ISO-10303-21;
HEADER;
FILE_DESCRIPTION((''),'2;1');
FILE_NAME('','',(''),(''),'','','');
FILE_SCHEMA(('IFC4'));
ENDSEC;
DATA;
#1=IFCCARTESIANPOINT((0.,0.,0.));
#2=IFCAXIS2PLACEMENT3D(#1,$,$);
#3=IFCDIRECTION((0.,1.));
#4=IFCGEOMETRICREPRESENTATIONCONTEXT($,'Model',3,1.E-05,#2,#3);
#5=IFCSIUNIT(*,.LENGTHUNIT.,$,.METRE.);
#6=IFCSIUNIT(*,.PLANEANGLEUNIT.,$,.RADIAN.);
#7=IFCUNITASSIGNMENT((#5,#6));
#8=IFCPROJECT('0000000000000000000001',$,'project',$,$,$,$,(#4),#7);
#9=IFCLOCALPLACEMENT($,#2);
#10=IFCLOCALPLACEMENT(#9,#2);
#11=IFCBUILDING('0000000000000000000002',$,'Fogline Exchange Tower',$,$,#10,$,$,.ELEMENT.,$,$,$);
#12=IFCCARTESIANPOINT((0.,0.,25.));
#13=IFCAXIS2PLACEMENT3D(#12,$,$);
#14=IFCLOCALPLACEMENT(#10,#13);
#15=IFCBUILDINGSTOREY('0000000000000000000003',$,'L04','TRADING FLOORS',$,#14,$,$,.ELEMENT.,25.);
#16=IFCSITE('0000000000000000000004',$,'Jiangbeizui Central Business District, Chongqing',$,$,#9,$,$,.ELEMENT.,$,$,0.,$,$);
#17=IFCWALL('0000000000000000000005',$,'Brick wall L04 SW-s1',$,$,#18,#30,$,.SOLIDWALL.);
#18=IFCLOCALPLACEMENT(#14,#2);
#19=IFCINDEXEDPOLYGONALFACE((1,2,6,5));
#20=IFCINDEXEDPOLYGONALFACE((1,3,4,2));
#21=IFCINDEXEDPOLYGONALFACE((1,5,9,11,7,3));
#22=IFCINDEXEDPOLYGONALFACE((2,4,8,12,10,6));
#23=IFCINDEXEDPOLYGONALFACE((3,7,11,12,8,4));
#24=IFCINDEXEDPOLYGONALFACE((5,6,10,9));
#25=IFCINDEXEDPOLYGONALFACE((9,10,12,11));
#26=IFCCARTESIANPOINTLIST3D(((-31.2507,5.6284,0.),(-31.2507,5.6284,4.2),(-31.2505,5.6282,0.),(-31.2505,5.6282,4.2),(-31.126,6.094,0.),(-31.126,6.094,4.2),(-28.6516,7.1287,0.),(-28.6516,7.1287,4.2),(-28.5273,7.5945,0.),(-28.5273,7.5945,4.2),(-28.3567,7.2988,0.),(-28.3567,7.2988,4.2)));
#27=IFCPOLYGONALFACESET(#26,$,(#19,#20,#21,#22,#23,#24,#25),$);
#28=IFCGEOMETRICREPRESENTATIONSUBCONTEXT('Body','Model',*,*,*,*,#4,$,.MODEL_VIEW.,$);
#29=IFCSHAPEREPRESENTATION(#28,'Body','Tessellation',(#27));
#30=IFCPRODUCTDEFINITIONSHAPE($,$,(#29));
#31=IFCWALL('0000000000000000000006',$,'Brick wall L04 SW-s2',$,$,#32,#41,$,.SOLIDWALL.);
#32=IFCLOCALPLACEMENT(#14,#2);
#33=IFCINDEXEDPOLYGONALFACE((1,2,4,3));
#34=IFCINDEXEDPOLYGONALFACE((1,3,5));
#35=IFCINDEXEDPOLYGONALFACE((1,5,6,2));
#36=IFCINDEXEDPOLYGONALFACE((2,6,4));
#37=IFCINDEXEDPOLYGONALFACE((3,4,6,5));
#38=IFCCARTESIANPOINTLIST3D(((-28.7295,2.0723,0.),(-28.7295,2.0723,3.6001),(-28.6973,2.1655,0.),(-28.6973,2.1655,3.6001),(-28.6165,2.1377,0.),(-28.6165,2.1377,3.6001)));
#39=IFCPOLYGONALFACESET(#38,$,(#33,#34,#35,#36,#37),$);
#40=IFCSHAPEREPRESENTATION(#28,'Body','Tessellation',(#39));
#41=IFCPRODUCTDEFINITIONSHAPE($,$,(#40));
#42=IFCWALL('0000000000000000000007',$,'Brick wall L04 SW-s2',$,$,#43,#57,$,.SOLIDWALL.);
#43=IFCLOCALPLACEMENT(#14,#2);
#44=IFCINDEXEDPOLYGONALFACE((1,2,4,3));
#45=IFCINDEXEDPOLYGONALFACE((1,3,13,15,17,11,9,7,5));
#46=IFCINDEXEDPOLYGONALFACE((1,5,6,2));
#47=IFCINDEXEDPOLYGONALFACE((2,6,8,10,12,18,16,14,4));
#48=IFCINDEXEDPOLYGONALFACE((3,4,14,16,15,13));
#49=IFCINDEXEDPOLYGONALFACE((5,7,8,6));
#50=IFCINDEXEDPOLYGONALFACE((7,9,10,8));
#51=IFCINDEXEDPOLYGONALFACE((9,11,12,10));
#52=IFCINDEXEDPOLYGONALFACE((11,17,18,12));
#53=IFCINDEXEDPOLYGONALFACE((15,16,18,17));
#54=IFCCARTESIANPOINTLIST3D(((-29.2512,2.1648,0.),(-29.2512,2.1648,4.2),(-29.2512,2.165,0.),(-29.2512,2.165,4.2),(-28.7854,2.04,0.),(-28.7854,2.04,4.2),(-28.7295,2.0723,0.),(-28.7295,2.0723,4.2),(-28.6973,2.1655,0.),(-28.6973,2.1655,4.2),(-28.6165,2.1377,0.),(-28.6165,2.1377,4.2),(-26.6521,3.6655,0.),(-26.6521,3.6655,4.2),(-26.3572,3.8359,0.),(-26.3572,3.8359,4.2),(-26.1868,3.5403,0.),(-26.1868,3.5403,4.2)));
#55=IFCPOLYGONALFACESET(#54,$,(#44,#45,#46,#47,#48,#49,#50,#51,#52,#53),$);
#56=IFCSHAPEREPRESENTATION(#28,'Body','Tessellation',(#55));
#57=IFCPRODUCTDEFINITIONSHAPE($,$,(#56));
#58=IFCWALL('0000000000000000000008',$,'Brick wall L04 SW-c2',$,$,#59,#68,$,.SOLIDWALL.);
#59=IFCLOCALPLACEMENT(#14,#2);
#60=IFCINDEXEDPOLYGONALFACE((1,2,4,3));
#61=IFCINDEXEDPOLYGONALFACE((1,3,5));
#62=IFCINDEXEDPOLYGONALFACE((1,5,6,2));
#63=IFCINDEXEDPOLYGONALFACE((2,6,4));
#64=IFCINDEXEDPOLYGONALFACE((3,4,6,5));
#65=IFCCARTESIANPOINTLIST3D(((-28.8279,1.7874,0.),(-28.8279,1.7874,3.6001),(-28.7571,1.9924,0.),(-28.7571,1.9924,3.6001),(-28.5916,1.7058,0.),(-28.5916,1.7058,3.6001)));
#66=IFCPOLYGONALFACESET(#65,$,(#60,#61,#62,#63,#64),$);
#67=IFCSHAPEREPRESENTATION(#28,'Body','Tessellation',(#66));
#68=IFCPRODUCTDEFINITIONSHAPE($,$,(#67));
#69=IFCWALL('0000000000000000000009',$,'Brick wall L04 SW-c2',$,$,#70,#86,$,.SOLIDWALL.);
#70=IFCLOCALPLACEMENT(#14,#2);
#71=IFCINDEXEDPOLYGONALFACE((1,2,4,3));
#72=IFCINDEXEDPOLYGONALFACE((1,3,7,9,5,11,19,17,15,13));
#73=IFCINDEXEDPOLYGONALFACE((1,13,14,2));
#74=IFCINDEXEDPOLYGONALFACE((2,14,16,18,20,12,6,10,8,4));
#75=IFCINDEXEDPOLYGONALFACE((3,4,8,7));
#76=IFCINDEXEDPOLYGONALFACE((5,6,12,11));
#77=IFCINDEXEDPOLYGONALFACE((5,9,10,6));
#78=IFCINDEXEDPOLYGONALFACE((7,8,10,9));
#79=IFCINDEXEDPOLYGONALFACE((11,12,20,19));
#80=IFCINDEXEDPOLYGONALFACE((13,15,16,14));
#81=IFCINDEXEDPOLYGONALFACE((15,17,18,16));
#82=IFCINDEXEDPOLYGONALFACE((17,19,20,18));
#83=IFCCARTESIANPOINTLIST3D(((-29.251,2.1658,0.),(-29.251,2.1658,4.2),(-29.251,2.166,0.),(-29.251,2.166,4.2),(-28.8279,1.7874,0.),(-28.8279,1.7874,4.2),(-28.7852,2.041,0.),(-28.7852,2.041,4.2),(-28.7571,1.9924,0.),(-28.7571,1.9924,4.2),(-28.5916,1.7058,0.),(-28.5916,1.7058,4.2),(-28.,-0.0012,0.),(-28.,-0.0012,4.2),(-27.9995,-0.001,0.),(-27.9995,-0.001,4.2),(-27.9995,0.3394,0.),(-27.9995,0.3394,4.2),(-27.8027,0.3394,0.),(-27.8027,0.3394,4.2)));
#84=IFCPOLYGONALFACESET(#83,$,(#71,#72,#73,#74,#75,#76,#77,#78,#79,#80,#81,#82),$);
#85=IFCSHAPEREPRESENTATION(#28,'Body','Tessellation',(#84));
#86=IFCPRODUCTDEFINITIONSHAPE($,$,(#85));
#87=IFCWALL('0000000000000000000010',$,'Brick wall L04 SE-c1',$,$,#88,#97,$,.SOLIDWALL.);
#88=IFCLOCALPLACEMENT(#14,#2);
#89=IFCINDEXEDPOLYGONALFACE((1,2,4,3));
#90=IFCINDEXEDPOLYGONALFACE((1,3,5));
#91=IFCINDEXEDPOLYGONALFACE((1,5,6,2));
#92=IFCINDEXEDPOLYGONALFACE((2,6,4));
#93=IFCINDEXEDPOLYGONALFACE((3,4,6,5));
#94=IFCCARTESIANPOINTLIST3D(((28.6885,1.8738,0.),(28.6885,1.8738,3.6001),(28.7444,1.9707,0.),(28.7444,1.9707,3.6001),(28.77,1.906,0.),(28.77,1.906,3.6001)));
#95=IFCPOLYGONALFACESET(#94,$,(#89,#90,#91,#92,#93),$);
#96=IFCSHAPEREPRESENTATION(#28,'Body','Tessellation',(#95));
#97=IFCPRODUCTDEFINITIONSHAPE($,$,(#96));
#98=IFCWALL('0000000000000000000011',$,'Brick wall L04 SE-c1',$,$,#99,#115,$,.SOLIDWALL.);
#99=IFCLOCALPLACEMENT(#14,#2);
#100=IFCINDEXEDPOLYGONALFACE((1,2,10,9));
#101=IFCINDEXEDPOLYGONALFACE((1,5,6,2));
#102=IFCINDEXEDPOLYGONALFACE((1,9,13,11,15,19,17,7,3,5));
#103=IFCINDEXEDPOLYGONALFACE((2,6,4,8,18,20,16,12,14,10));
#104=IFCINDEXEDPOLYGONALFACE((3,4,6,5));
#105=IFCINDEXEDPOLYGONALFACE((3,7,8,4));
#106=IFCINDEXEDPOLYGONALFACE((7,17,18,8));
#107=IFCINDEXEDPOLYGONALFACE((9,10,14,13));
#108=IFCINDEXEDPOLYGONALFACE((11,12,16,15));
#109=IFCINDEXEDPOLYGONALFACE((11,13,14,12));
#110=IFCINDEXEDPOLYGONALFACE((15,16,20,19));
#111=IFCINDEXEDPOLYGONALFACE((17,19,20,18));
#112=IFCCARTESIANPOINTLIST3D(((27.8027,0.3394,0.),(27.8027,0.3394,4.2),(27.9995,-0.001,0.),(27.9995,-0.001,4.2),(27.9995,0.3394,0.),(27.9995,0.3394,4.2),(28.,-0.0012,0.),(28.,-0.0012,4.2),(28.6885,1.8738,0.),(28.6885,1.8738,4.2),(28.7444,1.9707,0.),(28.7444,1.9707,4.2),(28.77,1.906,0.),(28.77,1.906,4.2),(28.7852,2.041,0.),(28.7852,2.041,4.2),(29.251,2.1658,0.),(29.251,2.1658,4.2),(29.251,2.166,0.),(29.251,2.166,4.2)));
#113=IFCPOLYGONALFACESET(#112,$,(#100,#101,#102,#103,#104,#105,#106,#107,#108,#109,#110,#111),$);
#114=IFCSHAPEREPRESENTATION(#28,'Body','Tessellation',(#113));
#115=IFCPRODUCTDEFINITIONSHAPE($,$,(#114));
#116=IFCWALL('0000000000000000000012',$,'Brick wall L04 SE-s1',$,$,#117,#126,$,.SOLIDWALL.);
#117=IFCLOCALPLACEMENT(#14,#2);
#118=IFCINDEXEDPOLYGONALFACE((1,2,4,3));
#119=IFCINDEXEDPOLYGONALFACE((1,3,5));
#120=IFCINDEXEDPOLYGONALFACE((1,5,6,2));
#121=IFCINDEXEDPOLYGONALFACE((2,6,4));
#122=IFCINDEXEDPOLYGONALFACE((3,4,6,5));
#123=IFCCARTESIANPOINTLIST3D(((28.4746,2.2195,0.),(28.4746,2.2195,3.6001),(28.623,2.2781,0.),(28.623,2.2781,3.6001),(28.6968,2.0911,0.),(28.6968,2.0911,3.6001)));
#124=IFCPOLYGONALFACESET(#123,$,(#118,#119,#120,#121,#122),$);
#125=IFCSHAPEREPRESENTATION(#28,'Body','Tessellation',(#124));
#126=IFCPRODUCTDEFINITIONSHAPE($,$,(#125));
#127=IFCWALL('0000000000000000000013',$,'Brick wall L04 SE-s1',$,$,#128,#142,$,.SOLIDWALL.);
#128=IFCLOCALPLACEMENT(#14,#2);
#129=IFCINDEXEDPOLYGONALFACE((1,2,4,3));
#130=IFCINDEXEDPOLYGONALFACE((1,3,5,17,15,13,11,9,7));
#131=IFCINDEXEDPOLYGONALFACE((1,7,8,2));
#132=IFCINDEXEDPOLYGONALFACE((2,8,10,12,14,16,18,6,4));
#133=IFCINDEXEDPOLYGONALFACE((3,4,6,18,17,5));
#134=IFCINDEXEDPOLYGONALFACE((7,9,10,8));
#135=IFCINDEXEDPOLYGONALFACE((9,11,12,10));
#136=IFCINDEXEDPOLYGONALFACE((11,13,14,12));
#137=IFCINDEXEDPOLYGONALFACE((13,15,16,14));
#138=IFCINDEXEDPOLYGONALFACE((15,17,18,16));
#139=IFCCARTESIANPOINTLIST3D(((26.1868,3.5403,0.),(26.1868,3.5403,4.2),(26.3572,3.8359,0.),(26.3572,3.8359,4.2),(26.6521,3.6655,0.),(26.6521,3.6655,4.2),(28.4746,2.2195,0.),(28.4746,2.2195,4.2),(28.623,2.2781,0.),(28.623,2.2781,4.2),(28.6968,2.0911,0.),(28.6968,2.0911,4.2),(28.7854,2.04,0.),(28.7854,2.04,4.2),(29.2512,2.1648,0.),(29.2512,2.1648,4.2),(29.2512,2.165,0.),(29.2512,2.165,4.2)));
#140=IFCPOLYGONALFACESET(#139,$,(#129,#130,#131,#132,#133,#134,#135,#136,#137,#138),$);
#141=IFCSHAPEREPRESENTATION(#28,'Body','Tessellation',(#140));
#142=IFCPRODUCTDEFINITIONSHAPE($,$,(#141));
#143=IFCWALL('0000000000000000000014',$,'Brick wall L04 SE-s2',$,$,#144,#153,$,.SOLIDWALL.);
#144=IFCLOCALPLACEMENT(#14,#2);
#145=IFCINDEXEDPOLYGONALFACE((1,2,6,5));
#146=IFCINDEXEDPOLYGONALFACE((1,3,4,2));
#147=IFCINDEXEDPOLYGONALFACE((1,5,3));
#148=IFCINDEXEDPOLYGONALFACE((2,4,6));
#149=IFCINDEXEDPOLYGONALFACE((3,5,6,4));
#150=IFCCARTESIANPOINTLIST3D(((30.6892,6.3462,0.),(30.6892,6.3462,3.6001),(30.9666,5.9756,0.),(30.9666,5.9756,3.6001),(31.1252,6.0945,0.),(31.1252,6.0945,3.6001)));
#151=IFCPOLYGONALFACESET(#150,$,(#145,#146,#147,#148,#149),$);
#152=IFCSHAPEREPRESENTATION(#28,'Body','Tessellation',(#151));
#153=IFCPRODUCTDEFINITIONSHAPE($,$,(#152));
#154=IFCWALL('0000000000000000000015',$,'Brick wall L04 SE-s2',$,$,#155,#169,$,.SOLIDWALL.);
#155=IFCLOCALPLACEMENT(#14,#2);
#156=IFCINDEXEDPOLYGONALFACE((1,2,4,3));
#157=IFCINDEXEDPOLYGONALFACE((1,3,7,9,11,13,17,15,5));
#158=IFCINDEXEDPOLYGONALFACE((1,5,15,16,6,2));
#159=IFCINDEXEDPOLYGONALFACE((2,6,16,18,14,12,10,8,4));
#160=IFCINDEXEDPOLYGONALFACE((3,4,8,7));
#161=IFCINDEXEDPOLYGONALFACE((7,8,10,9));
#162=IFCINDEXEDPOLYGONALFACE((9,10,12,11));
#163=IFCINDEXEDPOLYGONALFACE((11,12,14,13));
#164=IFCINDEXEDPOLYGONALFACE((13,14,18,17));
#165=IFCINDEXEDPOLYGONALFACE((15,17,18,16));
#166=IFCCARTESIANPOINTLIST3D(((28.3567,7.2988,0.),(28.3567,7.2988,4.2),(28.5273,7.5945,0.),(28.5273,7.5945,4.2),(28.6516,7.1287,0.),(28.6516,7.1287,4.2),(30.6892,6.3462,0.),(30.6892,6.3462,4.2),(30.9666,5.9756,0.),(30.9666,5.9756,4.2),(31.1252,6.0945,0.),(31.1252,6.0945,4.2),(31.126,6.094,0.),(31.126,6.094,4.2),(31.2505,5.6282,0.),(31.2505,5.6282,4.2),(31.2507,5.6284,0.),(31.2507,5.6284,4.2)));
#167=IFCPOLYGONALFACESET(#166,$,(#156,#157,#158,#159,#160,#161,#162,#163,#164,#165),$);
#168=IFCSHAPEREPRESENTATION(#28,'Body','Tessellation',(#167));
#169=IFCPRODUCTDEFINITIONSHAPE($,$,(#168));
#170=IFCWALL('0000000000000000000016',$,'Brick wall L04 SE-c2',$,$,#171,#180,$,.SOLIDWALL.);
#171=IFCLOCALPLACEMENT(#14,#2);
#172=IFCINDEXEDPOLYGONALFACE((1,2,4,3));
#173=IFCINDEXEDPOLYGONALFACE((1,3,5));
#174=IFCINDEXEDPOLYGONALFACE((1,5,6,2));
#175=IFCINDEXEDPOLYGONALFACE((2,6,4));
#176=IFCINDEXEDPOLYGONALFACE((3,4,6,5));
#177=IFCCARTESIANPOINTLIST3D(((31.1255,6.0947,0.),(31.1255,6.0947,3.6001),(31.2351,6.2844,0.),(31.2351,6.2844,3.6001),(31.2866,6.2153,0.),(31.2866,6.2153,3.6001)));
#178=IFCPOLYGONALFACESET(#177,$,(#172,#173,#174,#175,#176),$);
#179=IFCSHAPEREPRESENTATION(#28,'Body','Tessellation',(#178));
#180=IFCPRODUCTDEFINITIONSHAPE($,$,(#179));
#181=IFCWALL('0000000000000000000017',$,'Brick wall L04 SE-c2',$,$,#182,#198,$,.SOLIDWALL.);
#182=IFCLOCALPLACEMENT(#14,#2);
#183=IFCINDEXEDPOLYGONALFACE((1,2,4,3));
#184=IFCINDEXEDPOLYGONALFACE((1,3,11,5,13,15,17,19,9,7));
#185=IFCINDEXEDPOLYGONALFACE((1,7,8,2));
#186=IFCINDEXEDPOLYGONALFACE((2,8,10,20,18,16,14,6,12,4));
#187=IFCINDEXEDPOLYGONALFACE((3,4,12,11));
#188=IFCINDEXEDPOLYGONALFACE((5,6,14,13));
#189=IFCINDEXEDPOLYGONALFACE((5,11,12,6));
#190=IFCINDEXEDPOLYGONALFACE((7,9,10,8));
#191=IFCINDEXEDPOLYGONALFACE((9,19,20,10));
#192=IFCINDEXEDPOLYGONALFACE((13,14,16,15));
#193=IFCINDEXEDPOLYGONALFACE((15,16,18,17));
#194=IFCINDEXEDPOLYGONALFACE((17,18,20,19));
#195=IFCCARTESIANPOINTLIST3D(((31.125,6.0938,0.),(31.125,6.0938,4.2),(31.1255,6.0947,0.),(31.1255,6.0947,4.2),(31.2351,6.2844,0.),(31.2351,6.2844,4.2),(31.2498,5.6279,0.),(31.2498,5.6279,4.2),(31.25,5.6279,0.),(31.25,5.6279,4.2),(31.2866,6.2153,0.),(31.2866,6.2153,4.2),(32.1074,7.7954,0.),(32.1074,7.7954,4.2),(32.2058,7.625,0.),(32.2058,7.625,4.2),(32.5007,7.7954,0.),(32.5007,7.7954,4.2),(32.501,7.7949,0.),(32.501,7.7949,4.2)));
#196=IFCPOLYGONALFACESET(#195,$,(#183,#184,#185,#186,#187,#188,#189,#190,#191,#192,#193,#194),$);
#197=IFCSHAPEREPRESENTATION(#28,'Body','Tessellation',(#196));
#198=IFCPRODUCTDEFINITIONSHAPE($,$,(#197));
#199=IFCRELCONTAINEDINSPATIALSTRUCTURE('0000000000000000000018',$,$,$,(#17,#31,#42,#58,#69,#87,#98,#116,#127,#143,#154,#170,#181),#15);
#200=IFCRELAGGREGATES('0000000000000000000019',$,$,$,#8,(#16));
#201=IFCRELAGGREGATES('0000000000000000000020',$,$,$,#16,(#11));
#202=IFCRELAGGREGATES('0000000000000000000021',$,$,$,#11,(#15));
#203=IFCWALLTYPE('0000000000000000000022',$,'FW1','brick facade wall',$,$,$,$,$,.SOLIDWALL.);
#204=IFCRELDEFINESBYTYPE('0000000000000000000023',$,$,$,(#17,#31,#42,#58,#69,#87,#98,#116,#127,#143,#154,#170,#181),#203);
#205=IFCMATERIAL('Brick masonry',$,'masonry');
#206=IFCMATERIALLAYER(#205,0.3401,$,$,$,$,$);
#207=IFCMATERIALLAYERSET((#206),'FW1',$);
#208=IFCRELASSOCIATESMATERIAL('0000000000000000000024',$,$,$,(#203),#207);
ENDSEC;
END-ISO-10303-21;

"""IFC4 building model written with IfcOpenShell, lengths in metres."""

from ifc_helpers import new_model, si_unit, direction, frame, origin, place, context, subcontext, project, spatial, polyline, outline, extrude, material, layer, layer_set, type_object, element, save


model = new_model("IFC4")

# Units and contexts
model_context = context("Model", 3, precision=1e-05, world=origin(), true_north=direction((0.0, 1.0)))
body_context = subcontext(model_context, "Body", "Model", "MODEL_VIEW")
ifc_project = project(units=[si_unit("LENGTHUNIT", "METRE"), si_unit("PLANEANGLEUNIT", "RADIAN")], contexts=[model_context])

# Site, building, storey
site_placement = place(None, origin())
site = spatial("IfcSite", under=ifc_project, at=site_placement, Name="Jiangbeizui Central Business District, Chongqing", CompositionType="ELEMENT", RefElevation=0.0)
building_placement = place(site_placement, origin())
building = spatial("IfcBuilding", under=site, at=building_placement, Name="Fogline Exchange Tower", CompositionType="ELEMENT")
storey_placement = place(building_placement, frame((0.0, 0.0, 25.0)))
storey = spatial("IfcBuildingStorey", under=building, at=storey_placement, Name="L04", Description="TRADING FLOORS", CompositionType="ELEMENT", Elevation=25.0)

# Walls
ifc_material_1 = material(Name="Brick masonry", Category="masonry")
ifc_layer_1 = layer(ifc_material_1, 0.3401)
ifc_layer_set_1 = layer_set([ifc_layer_1], Name="FW1")
wall_type_1 = type_object("IfcWallType", Name="FW1", Description="brick facade wall", PredefinedType="SOLIDWALL", material=ifc_layer_set_1)
wall_1_placement = place(storey_placement, origin())
element("IfcWall", 1, at=wall_1_placement, inside=storey, type_object=wall_type_1, Name="Brick wall L04 SW-s1", PredefinedType="SOLIDWALL", context=body_context, shape_type="SweptSolid", body=[
    extrude(outline(polyline([(-28.5273, 7.5945), (-28.3567, 7.2988), (-28.6516, 7.1287), (-31.2505, 5.6282), (-31.2507, 5.6284), (-31.126, 6.094), (-28.5273, 7.5945)])), origin(), (0.0, 0.0, 1.0), 4.2),
])
wall_2_placement = place(storey_placement, origin())
element("IfcWall", 2, at=wall_2_placement, inside=storey, type_object=wall_type_1, Name="Brick wall L04 SW-s2", PredefinedType="SOLIDWALL", context=body_context, shape_type="SweptSolid", body=[
    extrude(outline(polyline([(-28.7295, 2.0723), (-28.6973, 2.1655), (-28.6165, 2.1377), (-28.7295, 2.0723)])), origin(), (0.0, 0.0, 1.0), 3.6001),
])
wall_3_placement = place(storey_placement, origin())
element("IfcWall", 3, at=wall_3_placement, inside=storey, type_object=wall_type_1, Name="Brick wall L04 SW-s2", PredefinedType="SOLIDWALL", context=body_context, shape_type="SweptSolid", body=[
    extrude(outline(polyline([(-26.6521, 3.6655), (-26.3572, 3.8359), (-26.1868, 3.5403), (-28.6165, 2.1377), (-28.6973, 2.1655), (-28.7295, 2.0723), (-28.7854, 2.04), (-29.2512, 2.1648), (-29.2512, 2.165), (-26.6521, 3.6655)])), origin(), (0.0, 0.0, 1.0), 4.2),
])
wall_4_placement = place(storey_placement, origin())
element("IfcWall", 4, at=wall_4_placement, inside=storey, type_object=wall_type_1, Name="Brick wall L04 SW-c2", PredefinedType="SOLIDWALL", context=body_context, shape_type="SweptSolid", body=[
    extrude(outline(polyline([(-28.5916, 1.7058), (-28.8279, 1.7874), (-28.7571, 1.9924), (-28.5916, 1.7058)])), origin(), (0.0, 0.0, 1.0), 3.6001),
])
wall_5_placement = place(storey_placement, origin())
element("IfcWall", 5, at=wall_5_placement, inside=storey, type_object=wall_type_1, Name="Brick wall L04 SW-c2", PredefinedType="SOLIDWALL", context=body_context, shape_type="SweptSolid", body=[
    extrude(outline(polyline([(-27.9995, 0.3394), (-27.9995, -0.001), (-28.0, -0.0012), (-29.251, 2.1658), (-29.251, 2.166), (-28.7852, 2.041), (-28.7571, 1.9924), (-28.8279, 1.7874), (-28.5916, 1.7058), (-27.8027, 0.3394), (-27.9995, 0.3394)])), origin(), (0.0, 0.0, 1.0), 4.2),
])
wall_6_placement = place(storey_placement, origin())
element("IfcWall", 6, at=wall_6_placement, inside=storey, type_object=wall_type_1, Name="Brick wall L04 SE-c1", PredefinedType="SOLIDWALL", context=body_context, shape_type="SweptSolid", body=[
    extrude(outline(polyline([(28.7444, 1.9707), (28.77, 1.906), (28.6885, 1.8738), (28.7444, 1.9707)])), origin(), (0.0, 0.0, 1.0), 3.6001),
])
wall_7_placement = place(storey_placement, origin())
element("IfcWall", 7, at=wall_7_placement, inside=storey, type_object=wall_type_1, Name="Brick wall L04 SE-c1", PredefinedType="SOLIDWALL", context=body_context, shape_type="SweptSolid", body=[
    extrude(outline(polyline([(28.0, -0.0012), (27.9995, -0.001), (27.9995, 0.3394), (27.8027, 0.3394), (28.6885, 1.8738), (28.77, 1.906), (28.7444, 1.9707), (28.7852, 2.041), (29.251, 2.166), (29.251, 2.1658), (28.0, -0.0012)])), origin(), (0.0, 0.0, 1.0), 4.2),
])
wall_8_placement = place(storey_placement, origin())
element("IfcWall", 8, at=wall_8_placement, inside=storey, type_object=wall_type_1, Name="Brick wall L04 SE-s1", PredefinedType="SOLIDWALL", context=body_context, shape_type="SweptSolid", body=[
    extrude(outline(polyline([(28.4746, 2.2195), (28.623, 2.2781), (28.6968, 2.0911), (28.4746, 2.2195)])), origin(), (0.0, 0.0, 1.0), 3.6001),
])
wall_9_placement = place(storey_placement, origin())
element("IfcWall", 9, at=wall_9_placement, inside=storey, type_object=wall_type_1, Name="Brick wall L04 SE-s1", PredefinedType="SOLIDWALL", context=body_context, shape_type="SweptSolid", body=[
    extrude(outline(polyline([(26.3572, 3.8359), (26.6521, 3.6655), (29.2512, 2.165), (29.2512, 2.1648), (28.7854, 2.04), (28.6968, 2.0911), (28.623, 2.2781), (28.4746, 2.2195), (26.1868, 3.5403), (26.3572, 3.8359)])), origin(), (0.0, 0.0, 1.0), 4.2),
])
wall_10_placement = place(storey_placement, origin())
element("IfcWall", 10, at=wall_10_placement, inside=storey, type_object=wall_type_1, Name="Brick wall L04 SE-s2", PredefinedType="SOLIDWALL", context=body_context, shape_type="SweptSolid", body=[
    extrude(outline(polyline([(31.1252, 6.0945), (30.9666, 5.9756), (30.6892, 6.3462), (31.1252, 6.0945)])), origin(), (0.0, 0.0, 1.0), 3.6001),
])
wall_11_placement = place(storey_placement, origin())
element("IfcWall", 11, at=wall_11_placement, inside=storey, type_object=wall_type_1, Name="Brick wall L04 SE-s2", PredefinedType="SOLIDWALL", context=body_context, shape_type="SweptSolid", body=[
    extrude(outline(polyline([(28.6516, 7.1287), (28.3567, 7.2988), (28.5273, 7.5945), (30.6892, 6.3462), (30.9666, 5.9756), (31.1252, 6.0945), (31.126, 6.094), (31.2507, 5.6284), (31.2505, 5.6282), (28.6516, 7.1287)])), origin(), (0.0, 0.0, 1.0), 4.2),
])
wall_12_placement = place(storey_placement, origin())
element("IfcWall", 12, at=wall_12_placement, inside=storey, type_object=wall_type_1, Name="Brick wall L04 SE-c2", PredefinedType="SOLIDWALL", context=body_context, shape_type="SweptSolid", body=[
    extrude(outline(polyline([(31.2351, 6.2844), (31.2866, 6.2153), (31.1255, 6.0947), (31.2351, 6.2844)])), origin(), (0.0, 0.0, 1.0), 3.6001),
])
wall_13_placement = place(storey_placement, origin())
element("IfcWall", 13, at=wall_13_placement, inside=storey, type_object=wall_type_1, Name="Brick wall L04 SE-c2", PredefinedType="SOLIDWALL", context=body_context, shape_type="SweptSolid", body=[
    extrude(outline(polyline([(32.2058, 7.625), (32.5007, 7.7954), (32.501, 7.7949), (31.25, 5.6279), (31.2498, 5.6279), (31.125, 6.0938), (31.1255, 6.0947), (31.2866, 6.2153), (31.2351, 6.2844), (32.1074, 7.7954), (32.2058, 7.625)])), origin(), (0.0, 0.0, 1.0), 4.2),
])

save(model, "model.ifc")
